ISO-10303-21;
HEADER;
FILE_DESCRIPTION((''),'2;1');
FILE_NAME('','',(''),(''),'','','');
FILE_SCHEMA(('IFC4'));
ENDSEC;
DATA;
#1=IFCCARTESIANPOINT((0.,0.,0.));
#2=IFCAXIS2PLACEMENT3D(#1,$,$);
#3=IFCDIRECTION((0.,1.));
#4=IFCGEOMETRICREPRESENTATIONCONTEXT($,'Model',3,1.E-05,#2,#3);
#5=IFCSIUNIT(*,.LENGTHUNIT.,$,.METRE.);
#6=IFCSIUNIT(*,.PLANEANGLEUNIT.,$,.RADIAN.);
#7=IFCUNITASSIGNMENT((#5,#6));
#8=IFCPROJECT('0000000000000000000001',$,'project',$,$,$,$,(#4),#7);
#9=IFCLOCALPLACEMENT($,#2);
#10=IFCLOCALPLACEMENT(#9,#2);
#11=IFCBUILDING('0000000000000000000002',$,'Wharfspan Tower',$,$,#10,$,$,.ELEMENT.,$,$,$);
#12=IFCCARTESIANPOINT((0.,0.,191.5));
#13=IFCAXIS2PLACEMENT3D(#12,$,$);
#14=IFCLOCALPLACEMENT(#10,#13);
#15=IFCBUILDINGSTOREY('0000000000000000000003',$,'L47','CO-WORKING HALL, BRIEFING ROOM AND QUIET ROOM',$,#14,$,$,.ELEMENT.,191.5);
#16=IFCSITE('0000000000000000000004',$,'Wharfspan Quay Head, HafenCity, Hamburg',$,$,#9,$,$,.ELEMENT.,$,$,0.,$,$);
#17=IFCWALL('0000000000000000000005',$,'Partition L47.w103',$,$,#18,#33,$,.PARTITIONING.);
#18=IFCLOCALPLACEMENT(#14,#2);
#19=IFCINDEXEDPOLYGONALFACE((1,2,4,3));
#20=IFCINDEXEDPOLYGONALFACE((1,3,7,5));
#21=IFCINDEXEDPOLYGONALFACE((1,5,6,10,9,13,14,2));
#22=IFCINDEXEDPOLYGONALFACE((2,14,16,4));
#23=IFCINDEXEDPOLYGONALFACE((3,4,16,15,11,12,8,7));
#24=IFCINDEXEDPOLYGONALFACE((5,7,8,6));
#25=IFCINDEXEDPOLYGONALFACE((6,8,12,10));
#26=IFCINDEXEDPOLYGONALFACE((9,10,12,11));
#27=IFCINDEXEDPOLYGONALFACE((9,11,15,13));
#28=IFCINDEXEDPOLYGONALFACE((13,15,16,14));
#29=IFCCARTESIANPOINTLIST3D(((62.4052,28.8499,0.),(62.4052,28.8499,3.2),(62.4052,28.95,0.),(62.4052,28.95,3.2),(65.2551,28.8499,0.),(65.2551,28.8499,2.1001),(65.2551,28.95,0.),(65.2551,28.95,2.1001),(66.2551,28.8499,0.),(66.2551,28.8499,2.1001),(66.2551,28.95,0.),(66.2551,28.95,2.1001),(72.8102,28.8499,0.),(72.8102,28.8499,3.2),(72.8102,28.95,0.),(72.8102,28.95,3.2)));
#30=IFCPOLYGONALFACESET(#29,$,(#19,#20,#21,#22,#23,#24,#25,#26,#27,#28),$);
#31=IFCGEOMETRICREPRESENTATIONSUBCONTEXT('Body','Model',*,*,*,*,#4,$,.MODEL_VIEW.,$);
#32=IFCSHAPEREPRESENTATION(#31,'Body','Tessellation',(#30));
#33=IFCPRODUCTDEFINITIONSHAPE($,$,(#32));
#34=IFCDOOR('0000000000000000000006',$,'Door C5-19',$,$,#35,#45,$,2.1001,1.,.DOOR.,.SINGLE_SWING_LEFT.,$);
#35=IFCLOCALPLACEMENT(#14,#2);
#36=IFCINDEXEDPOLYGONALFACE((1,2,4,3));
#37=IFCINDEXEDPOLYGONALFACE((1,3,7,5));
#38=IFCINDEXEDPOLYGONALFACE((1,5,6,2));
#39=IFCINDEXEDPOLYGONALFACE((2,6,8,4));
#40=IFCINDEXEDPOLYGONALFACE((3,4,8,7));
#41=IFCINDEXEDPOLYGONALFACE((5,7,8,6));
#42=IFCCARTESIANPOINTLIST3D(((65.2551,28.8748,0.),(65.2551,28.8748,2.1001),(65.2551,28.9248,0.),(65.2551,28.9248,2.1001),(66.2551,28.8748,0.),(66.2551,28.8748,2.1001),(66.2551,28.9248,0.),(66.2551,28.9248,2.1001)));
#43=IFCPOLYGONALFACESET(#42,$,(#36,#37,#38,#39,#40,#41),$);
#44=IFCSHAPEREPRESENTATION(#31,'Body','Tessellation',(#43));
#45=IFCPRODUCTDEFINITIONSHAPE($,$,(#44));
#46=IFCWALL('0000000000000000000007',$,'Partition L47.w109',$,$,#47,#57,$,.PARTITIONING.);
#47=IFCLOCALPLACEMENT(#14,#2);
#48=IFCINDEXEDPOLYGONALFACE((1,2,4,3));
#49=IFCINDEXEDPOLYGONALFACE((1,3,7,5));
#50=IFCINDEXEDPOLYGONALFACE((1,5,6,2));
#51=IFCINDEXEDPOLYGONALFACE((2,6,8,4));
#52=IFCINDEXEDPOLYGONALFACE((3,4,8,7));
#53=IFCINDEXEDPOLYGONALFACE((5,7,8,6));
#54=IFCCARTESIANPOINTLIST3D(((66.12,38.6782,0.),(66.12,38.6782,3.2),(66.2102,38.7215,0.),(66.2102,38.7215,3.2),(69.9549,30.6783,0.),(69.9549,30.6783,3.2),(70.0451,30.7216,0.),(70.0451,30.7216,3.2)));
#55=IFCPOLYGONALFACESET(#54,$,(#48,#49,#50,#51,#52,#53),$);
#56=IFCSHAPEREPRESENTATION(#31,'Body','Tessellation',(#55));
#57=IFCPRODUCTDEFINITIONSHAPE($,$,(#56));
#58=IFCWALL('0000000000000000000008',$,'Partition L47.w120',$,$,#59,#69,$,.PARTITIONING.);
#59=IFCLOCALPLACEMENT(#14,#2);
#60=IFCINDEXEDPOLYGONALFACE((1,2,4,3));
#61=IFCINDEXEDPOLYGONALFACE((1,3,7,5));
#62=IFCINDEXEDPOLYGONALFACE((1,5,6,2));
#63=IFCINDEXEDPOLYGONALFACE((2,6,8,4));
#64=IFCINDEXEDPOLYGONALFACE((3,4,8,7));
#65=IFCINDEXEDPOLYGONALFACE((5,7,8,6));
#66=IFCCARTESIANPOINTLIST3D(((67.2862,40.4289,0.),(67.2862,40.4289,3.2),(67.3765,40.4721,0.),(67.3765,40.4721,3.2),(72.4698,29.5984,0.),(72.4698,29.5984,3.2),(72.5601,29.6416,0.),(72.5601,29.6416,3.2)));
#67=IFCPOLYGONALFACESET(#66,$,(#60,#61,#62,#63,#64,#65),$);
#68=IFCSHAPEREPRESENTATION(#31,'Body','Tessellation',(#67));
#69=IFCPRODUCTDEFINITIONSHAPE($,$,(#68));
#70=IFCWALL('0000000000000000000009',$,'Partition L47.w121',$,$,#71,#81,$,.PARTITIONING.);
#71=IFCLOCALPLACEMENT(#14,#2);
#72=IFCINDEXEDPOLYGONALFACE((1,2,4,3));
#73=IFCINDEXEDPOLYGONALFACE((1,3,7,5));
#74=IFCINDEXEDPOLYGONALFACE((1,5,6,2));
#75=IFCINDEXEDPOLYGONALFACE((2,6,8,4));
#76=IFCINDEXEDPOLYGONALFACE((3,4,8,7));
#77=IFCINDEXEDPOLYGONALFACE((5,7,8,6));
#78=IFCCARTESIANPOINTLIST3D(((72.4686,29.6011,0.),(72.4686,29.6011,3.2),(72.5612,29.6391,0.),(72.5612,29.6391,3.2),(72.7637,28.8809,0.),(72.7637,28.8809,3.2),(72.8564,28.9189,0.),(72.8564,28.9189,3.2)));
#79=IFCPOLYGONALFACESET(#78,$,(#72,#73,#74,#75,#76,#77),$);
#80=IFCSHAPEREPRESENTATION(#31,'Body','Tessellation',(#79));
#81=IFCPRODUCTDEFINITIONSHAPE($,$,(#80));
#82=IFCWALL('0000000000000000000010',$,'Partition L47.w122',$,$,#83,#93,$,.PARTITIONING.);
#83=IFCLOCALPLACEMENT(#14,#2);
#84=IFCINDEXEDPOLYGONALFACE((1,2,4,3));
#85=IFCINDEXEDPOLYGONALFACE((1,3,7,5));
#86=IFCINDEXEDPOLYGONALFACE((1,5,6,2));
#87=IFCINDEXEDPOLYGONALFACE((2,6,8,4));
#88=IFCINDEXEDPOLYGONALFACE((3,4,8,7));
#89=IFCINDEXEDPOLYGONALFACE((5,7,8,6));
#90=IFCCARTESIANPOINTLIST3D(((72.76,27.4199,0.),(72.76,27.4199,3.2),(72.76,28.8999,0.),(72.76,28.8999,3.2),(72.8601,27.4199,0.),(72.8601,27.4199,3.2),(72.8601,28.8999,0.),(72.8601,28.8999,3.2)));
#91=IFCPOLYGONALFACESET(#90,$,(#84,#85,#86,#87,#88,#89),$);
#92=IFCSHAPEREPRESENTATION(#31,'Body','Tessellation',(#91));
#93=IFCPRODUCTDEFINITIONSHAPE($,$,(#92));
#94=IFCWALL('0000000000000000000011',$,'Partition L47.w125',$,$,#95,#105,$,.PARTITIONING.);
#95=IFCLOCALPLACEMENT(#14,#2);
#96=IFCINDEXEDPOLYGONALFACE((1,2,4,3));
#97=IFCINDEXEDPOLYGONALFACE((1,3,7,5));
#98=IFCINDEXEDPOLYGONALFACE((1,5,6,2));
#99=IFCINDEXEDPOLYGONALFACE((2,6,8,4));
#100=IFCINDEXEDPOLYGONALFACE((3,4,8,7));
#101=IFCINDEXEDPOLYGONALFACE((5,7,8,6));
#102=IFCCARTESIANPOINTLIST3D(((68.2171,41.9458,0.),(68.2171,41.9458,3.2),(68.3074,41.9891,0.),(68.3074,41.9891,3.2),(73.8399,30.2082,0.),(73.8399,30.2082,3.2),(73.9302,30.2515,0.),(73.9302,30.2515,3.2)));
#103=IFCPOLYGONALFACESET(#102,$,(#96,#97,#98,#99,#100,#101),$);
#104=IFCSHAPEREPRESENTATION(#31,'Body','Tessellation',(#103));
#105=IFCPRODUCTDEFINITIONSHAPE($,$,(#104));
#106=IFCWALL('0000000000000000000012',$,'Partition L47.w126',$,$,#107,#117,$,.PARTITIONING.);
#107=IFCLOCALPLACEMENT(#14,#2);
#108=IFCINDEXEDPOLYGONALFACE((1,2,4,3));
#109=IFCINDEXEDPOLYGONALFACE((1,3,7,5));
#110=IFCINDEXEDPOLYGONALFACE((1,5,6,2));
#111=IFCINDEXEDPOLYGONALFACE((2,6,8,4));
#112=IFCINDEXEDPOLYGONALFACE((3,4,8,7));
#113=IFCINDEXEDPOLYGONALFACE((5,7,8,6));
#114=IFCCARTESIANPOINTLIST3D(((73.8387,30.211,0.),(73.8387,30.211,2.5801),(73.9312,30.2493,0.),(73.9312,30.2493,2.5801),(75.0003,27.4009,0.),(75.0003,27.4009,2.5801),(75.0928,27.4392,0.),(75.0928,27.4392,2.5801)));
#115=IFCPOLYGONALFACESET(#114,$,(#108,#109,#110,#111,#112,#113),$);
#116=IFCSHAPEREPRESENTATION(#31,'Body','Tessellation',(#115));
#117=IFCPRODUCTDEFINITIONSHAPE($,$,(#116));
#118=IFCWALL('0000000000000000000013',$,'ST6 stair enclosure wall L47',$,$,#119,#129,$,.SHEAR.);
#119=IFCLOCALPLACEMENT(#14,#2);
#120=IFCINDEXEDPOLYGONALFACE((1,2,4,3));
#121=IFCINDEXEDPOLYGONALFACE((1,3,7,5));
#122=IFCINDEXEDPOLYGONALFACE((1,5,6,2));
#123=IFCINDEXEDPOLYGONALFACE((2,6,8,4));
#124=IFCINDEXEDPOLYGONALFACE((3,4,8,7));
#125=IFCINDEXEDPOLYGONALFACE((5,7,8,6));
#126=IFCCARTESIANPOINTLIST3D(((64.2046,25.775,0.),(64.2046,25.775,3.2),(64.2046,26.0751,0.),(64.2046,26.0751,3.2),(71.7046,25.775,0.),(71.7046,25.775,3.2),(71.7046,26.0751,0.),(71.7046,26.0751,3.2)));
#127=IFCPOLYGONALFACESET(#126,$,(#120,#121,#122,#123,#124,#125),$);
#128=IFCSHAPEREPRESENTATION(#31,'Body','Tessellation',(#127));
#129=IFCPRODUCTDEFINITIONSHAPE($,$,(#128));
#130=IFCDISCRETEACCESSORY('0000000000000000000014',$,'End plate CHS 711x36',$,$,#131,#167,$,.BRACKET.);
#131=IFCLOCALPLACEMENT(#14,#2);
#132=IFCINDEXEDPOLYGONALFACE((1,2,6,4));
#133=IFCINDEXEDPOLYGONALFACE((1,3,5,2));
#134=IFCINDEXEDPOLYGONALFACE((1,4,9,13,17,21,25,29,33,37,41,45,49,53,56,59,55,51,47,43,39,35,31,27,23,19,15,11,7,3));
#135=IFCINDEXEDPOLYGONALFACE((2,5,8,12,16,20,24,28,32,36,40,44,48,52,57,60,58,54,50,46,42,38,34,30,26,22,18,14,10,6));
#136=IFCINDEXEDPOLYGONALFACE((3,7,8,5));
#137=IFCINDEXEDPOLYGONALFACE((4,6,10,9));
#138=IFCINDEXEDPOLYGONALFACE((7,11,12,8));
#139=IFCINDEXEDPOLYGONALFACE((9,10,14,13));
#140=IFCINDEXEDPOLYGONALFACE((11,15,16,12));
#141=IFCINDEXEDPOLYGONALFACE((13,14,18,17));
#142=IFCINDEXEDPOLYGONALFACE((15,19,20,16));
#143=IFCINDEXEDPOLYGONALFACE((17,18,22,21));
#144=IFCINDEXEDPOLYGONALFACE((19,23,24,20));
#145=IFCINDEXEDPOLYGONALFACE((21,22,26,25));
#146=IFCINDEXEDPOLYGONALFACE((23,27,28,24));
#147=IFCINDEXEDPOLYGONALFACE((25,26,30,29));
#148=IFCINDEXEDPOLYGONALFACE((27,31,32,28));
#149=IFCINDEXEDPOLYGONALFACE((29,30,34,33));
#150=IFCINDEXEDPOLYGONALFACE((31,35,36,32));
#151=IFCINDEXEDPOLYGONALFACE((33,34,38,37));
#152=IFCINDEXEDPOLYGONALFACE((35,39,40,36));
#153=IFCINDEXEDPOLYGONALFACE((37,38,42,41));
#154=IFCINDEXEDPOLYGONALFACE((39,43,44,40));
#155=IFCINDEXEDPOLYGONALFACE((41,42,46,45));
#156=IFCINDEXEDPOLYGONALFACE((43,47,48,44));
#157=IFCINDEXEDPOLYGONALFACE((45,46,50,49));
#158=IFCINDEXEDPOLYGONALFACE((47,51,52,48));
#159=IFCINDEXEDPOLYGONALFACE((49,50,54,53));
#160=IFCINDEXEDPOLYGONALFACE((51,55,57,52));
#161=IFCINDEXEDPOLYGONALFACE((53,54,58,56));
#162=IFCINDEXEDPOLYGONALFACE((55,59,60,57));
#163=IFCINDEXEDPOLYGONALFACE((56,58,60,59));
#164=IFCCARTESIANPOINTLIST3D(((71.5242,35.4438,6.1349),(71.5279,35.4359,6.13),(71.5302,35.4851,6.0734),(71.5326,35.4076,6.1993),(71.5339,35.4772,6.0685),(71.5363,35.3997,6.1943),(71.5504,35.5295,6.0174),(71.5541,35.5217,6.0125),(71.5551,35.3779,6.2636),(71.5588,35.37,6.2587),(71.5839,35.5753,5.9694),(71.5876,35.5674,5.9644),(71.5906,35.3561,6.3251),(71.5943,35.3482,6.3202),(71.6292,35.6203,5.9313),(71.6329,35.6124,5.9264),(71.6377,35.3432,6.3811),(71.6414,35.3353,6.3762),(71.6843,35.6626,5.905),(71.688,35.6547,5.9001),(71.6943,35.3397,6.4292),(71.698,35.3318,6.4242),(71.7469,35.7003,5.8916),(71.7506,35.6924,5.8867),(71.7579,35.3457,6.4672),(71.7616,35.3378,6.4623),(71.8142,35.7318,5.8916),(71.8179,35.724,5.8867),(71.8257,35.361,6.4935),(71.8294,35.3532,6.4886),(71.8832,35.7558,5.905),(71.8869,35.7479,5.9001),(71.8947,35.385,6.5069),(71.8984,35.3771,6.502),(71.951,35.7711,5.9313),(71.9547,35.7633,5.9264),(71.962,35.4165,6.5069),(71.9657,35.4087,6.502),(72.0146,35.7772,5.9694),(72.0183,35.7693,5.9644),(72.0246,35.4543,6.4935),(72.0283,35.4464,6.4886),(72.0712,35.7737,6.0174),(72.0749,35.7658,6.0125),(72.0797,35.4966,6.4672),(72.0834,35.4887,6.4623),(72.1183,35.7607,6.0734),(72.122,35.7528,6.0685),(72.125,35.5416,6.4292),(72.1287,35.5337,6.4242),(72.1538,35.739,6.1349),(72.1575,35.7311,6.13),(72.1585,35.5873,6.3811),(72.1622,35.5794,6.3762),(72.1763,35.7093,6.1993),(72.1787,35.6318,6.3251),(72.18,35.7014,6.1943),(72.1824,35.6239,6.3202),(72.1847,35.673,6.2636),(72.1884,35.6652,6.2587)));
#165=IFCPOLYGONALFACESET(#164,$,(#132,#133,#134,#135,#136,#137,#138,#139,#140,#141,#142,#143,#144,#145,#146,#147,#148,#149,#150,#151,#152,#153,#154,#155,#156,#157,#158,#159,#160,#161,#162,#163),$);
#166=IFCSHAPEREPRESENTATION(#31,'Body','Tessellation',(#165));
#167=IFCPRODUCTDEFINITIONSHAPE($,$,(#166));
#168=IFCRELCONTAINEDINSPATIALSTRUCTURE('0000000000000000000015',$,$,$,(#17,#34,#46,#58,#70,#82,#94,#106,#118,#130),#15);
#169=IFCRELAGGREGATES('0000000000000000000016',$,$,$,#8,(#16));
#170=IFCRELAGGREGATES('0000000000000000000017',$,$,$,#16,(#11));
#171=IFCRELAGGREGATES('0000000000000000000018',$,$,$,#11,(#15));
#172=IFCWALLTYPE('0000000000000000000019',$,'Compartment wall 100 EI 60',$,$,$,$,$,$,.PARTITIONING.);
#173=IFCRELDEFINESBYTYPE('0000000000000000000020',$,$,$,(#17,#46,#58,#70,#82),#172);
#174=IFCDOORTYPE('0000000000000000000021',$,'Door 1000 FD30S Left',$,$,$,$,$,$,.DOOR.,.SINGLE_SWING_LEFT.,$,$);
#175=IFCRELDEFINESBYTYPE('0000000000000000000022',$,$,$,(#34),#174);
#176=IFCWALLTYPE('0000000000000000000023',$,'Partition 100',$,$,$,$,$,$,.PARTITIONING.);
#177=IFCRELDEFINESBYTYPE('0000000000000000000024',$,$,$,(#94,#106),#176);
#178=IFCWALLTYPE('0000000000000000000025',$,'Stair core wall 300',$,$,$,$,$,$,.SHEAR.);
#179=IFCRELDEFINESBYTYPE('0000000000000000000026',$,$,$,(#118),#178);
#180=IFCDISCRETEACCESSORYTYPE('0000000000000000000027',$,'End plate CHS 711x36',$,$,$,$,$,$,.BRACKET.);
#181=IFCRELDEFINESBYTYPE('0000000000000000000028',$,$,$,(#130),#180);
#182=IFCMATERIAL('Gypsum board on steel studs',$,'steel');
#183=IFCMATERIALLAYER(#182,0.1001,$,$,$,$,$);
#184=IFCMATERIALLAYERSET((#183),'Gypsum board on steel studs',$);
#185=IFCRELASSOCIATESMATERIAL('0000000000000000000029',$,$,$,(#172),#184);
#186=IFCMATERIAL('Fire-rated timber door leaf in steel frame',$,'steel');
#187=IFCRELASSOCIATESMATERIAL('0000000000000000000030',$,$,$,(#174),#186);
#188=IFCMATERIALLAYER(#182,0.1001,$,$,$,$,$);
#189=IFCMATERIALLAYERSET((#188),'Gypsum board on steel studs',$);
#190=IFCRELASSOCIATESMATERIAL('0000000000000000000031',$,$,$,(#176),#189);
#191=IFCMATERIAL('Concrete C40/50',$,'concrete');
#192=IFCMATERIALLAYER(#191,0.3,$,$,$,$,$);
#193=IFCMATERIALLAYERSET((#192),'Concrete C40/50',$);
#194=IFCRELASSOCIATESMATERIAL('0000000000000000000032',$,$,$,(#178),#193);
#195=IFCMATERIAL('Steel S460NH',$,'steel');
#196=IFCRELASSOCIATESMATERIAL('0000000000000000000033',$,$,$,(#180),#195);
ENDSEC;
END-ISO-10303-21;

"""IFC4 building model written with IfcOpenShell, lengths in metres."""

from ifc_helpers import new_model, si_unit, direction, frame, frame_2d, origin, origin_2d, place, context, subcontext, project, spatial, rectangle, circle, extrude, material, layer, layer_set, material_profile, profile_set, type_object, element, fill, save


model = new_model("IFC4")

# Units and contexts
model_context = context("Model", 3, precision=1e-05, world=origin(), true_north=direction((0.0, 1.0)))
body_context = subcontext(model_context, "Body", "Model", "MODEL_VIEW")
ifc_project = project(units=[si_unit("LENGTHUNIT", "METRE"), si_unit("PLANEANGLEUNIT", "RADIAN")], contexts=[model_context])

# Site, building, storey
site_placement = place(None, origin())
site = spatial("IfcSite", under=ifc_project, at=site_placement, Name="Wharfspan Quay Head, HafenCity, Hamburg", CompositionType="ELEMENT", RefElevation=0.0)
building_placement = place(site_placement, origin())
building = spatial("IfcBuilding", under=site, at=building_placement, Name="Wharfspan Tower", CompositionType="ELEMENT")
storey_placement = place(building_placement, frame((0.0, 0.0, 191.5)))
storey = spatial("IfcBuildingStorey", under=building, at=storey_placement, Name="L47", Description="CO-WORKING HALL, BRIEFING ROOM AND QUIET ROOM", CompositionType="ELEMENT", Elevation=191.5)

# Shared definitions
ifc_material_1 = material(Name="Steel S460NH", Category="steel")

# Wall, opening, door
ifc_material_2 = material(Name="Gypsum board on steel studs", Category="steel")
ifc_layer_1 = layer(ifc_material_2, 0.1001)
ifc_layer_set_1 = layer_set([ifc_layer_1], Name="Gypsum board on steel studs")
wall_type_1 = type_object("IfcWallType", Name="Compartment wall 100 EI 60", PredefinedType="PARTITIONING", material=ifc_layer_set_1)
wall_1_placement = place(storey_placement, frame((62.405, 28.8999, 0.0), z_axis=(0.0, 0.0, 1.0), x_axis=(1.0, 0.0, 0.0)))
wall_1 = element("IfcWall", 1, at=wall_1_placement, inside=storey, type_object=wall_type_1, Name="Partition L47.w103", PredefinedType="PARTITIONING", context=body_context, shape_type="SweptSolid", body=[
    extrude(rectangle(XDim=10.405, YDim=0.1001, at=frame_2d((5.2026, 0.0))), origin(), (0.0, 0.0, 1.0), 3.2),
])
opening_placement = place(wall_1_placement, frame((2.8501, 0.0, 0.0)))
opening = element("IfcOpeningElement", 2, at=opening_placement, cuts=wall_1, PredefinedType="OPENING", context=body_context, shape_type="SweptSolid", body=[
    extrude(rectangle(XDim=1.0, YDim=2.1001, at=frame_2d((0.5, 1.05))), frame((0.0, 0.0601, 0.0), z_axis=(0.0, -1.0, 0.0), x_axis=(1.0, 0.0, 0.0)), (0.0, 0.0, 1.0), 0.1201),
])
ifc_material_3 = material(Name="Fire-rated timber door leaf in steel frame", Category="steel")
door_type = type_object("IfcDoorType", Name="Door 1000 FD30S Left", OperationType="SINGLE_SWING_LEFT", PredefinedType="DOOR", material=ifc_material_3)
door_placement = place(opening_placement, origin())
door = element("IfcDoor", 3, at=door_placement, inside=storey, type_object=door_type, Name="Door C5-19", OperationType="SINGLE_SWING_LEFT", OverallHeight=2.1001, OverallWidth=1.0, PredefinedType="DOOR", context=body_context, shape_type="SweptSolid", body=[
    extrude(rectangle(XDim=1.0, YDim=2.1001, at=frame_2d((0.5, 1.05))), frame((0.0, 0.0249, 0.0), z_axis=(0.0, -1.0, 0.0), x_axis=(1.0, 0.0, 0.0)), (0.0, 0.0, 1.0), 0.05),
])
fill(opening, door)

# Walls
wall_2_placement = place(storey_placement, frame((70.0, 30.7, 0.0), z_axis=(0.0, 0.0, 1.0), x_axis=(-0.432271, 0.901748, 0.0)))
element("IfcWall", 4, at=wall_2_placement, inside=storey, type_object=wall_type_1, Name="Partition L47.w109", PredefinedType="PARTITIONING", context=body_context, shape_type="SweptSolid", body=[
    extrude(rectangle(XDim=8.8716, YDim=0.1001, at=frame_2d((4.4358, 0.0))), origin(), (0.0, 0.0, 1.0), 3.2),
])
wall_3_placement = place(storey_placement, frame((72.5149, 29.6201, 0.0), z_axis=(0.0, 0.0, 1.0), x_axis=(-0.43171, 0.902012, 0.0)))
element("IfcWall", 5, at=wall_3_placement, inside=storey, type_object=wall_type_1, Name="Partition L47.w120", PredefinedType="PARTITIONING", context=body_context, shape_type="SweptSolid", body=[
    extrude(rectangle(XDim=12.0071, YDim=0.1001, at=frame_2d((6.0034, 0.0))), origin(), (0.0, 0.0, 1.0), 3.2),
])
wall_4_placement = place(storey_placement, frame((72.8101, 28.8999, 0.0), z_axis=(0.0, 0.0, 1.0), x_axis=(-0.379219, 0.925307, 0.0)))
element("IfcWall", 6, at=wall_4_placement, inside=storey, type_object=wall_type_1, Name="Partition L47.w121", PredefinedType="PARTITIONING", context=body_context, shape_type="SweptSolid", body=[
    extrude(rectangle(XDim=0.7783, YDim=0.1001, at=frame_2d((0.3892, 0.0))), origin(), (0.0, 0.0, 1.0), 3.2),
])
wall_5_placement = place(storey_placement, frame((72.8101, 27.4199, 0.0), z_axis=(0.0, 0.0, 1.0), x_axis=(0.0, 1.0, 0.0)))
element("IfcWall", 7, at=wall_5_placement, inside=storey, type_object=wall_type_1, Name="Partition L47.w122", PredefinedType="PARTITIONING", context=body_context, shape_type="SweptSolid", body=[
    extrude(rectangle(XDim=1.48, YDim=0.1001, at=frame_2d((0.74, 0.0))), origin(), (0.0, 0.0, 1.0), 3.2),
])
ifc_layer_2 = layer(ifc_material_2, 0.1001)
ifc_layer_set_2 = layer_set([ifc_layer_2], Name="Gypsum board on steel studs")
wall_type_2 = type_object("IfcWallType", Name="Partition 100", PredefinedType="PARTITIONING", material=ifc_layer_set_2)
wall_6_placement = place(storey_placement, frame((73.885, 30.23, 0.0), z_axis=(0.0, 0.0, 1.0), x_axis=(-0.432032, 0.901863, 0.0)))
element("IfcWall", 8, at=wall_6_placement, inside=storey, type_object=wall_type_2, Name="Partition L47.w125", PredefinedType="PARTITIONING", context=body_context, shape_type="SweptSolid", body=[
    extrude(rectangle(XDim=13.0149, YDim=0.1001, at=frame_2d((6.5073, 0.0))), origin(), (0.0, 0.0, 1.0), 3.2),
])
wall_7_placement = place(storey_placement, frame((75.0466, 27.4199, 0.0), z_axis=(0.0, 0.0, 1.0), x_axis=(-0.382024, 0.924148, 0.0)))
element("IfcWall", 9, at=wall_7_placement, inside=storey, type_object=wall_type_2, Name="Partition L47.w126", PredefinedType="PARTITIONING", context=body_context, shape_type="SweptSolid", body=[
    extrude(rectangle(XDim=3.0408, YDim=0.1001, at=frame_2d((1.5205, 0.0))), origin(), (0.0, 0.0, 1.0), 2.5801),
])
ifc_material_4 = material(Name="Concrete C40/50", Category="concrete")
ifc_layer_3 = layer(ifc_material_4, 0.3)
ifc_layer_set_3 = layer_set([ifc_layer_3], Name="Concrete C40/50")
wall_type_3 = type_object("IfcWallType", Name="Stair core wall 300", PredefinedType="SHEAR", material=ifc_layer_set_3)
wall_8_placement = place(storey_placement, frame((64.2046, 25.925, 0.0), z_axis=(0.0, 0.0, 1.0), x_axis=(1.0, 0.0, 0.0)))
element("IfcWall", 10, at=wall_8_placement, inside=storey, type_object=wall_type_3, Name="ST6 stair enclosure wall L47", PredefinedType="SHEAR", context=body_context, shape_type="SweptSolid", body=[
    extrude(rectangle(XDim=7.5, YDim=0.3, at=frame_2d((3.75, 0.0))), origin(), (0.0, 0.0, 1.0), 3.2),
])

# Discrete accessory
ifc_material_profile_1 = material_profile(ifc_material_1, circle(Radius=0.3555, at=origin_2d()))
ifc_profile_set_1 = profile_set([ifc_material_profile_1], Name="Steel S460NH")
discrete_accessory_type = type_object("IfcDiscreteAccessoryType", Name="End plate CHS 711x36", PredefinedType="BRACKET", material=ifc_profile_set_1)
for number, where, z_axis, x_axis, name in (
    (11, (71.8582, 35.5505, 6.1943), (-0.369386, 0.788024, 0.492515), (-0.905459, -0.424433, -0.000001), "End plate CHS 711x36"),
):
    element("IfcDiscreteAccessory", number, at=place(storey_placement, frame(where, z_axis=z_axis, x_axis=x_axis)), inside=storey, type_object=discrete_accessory_type, Name=name, PredefinedType="BRACKET", context=body_context, shape_type="SweptSolid", body=[
        extrude(circle(Radius=0.3555, at=origin_2d()), origin(), (0.0, 0.0, 1.0), 0.01),
    ])

save(model, "model.ifc")
